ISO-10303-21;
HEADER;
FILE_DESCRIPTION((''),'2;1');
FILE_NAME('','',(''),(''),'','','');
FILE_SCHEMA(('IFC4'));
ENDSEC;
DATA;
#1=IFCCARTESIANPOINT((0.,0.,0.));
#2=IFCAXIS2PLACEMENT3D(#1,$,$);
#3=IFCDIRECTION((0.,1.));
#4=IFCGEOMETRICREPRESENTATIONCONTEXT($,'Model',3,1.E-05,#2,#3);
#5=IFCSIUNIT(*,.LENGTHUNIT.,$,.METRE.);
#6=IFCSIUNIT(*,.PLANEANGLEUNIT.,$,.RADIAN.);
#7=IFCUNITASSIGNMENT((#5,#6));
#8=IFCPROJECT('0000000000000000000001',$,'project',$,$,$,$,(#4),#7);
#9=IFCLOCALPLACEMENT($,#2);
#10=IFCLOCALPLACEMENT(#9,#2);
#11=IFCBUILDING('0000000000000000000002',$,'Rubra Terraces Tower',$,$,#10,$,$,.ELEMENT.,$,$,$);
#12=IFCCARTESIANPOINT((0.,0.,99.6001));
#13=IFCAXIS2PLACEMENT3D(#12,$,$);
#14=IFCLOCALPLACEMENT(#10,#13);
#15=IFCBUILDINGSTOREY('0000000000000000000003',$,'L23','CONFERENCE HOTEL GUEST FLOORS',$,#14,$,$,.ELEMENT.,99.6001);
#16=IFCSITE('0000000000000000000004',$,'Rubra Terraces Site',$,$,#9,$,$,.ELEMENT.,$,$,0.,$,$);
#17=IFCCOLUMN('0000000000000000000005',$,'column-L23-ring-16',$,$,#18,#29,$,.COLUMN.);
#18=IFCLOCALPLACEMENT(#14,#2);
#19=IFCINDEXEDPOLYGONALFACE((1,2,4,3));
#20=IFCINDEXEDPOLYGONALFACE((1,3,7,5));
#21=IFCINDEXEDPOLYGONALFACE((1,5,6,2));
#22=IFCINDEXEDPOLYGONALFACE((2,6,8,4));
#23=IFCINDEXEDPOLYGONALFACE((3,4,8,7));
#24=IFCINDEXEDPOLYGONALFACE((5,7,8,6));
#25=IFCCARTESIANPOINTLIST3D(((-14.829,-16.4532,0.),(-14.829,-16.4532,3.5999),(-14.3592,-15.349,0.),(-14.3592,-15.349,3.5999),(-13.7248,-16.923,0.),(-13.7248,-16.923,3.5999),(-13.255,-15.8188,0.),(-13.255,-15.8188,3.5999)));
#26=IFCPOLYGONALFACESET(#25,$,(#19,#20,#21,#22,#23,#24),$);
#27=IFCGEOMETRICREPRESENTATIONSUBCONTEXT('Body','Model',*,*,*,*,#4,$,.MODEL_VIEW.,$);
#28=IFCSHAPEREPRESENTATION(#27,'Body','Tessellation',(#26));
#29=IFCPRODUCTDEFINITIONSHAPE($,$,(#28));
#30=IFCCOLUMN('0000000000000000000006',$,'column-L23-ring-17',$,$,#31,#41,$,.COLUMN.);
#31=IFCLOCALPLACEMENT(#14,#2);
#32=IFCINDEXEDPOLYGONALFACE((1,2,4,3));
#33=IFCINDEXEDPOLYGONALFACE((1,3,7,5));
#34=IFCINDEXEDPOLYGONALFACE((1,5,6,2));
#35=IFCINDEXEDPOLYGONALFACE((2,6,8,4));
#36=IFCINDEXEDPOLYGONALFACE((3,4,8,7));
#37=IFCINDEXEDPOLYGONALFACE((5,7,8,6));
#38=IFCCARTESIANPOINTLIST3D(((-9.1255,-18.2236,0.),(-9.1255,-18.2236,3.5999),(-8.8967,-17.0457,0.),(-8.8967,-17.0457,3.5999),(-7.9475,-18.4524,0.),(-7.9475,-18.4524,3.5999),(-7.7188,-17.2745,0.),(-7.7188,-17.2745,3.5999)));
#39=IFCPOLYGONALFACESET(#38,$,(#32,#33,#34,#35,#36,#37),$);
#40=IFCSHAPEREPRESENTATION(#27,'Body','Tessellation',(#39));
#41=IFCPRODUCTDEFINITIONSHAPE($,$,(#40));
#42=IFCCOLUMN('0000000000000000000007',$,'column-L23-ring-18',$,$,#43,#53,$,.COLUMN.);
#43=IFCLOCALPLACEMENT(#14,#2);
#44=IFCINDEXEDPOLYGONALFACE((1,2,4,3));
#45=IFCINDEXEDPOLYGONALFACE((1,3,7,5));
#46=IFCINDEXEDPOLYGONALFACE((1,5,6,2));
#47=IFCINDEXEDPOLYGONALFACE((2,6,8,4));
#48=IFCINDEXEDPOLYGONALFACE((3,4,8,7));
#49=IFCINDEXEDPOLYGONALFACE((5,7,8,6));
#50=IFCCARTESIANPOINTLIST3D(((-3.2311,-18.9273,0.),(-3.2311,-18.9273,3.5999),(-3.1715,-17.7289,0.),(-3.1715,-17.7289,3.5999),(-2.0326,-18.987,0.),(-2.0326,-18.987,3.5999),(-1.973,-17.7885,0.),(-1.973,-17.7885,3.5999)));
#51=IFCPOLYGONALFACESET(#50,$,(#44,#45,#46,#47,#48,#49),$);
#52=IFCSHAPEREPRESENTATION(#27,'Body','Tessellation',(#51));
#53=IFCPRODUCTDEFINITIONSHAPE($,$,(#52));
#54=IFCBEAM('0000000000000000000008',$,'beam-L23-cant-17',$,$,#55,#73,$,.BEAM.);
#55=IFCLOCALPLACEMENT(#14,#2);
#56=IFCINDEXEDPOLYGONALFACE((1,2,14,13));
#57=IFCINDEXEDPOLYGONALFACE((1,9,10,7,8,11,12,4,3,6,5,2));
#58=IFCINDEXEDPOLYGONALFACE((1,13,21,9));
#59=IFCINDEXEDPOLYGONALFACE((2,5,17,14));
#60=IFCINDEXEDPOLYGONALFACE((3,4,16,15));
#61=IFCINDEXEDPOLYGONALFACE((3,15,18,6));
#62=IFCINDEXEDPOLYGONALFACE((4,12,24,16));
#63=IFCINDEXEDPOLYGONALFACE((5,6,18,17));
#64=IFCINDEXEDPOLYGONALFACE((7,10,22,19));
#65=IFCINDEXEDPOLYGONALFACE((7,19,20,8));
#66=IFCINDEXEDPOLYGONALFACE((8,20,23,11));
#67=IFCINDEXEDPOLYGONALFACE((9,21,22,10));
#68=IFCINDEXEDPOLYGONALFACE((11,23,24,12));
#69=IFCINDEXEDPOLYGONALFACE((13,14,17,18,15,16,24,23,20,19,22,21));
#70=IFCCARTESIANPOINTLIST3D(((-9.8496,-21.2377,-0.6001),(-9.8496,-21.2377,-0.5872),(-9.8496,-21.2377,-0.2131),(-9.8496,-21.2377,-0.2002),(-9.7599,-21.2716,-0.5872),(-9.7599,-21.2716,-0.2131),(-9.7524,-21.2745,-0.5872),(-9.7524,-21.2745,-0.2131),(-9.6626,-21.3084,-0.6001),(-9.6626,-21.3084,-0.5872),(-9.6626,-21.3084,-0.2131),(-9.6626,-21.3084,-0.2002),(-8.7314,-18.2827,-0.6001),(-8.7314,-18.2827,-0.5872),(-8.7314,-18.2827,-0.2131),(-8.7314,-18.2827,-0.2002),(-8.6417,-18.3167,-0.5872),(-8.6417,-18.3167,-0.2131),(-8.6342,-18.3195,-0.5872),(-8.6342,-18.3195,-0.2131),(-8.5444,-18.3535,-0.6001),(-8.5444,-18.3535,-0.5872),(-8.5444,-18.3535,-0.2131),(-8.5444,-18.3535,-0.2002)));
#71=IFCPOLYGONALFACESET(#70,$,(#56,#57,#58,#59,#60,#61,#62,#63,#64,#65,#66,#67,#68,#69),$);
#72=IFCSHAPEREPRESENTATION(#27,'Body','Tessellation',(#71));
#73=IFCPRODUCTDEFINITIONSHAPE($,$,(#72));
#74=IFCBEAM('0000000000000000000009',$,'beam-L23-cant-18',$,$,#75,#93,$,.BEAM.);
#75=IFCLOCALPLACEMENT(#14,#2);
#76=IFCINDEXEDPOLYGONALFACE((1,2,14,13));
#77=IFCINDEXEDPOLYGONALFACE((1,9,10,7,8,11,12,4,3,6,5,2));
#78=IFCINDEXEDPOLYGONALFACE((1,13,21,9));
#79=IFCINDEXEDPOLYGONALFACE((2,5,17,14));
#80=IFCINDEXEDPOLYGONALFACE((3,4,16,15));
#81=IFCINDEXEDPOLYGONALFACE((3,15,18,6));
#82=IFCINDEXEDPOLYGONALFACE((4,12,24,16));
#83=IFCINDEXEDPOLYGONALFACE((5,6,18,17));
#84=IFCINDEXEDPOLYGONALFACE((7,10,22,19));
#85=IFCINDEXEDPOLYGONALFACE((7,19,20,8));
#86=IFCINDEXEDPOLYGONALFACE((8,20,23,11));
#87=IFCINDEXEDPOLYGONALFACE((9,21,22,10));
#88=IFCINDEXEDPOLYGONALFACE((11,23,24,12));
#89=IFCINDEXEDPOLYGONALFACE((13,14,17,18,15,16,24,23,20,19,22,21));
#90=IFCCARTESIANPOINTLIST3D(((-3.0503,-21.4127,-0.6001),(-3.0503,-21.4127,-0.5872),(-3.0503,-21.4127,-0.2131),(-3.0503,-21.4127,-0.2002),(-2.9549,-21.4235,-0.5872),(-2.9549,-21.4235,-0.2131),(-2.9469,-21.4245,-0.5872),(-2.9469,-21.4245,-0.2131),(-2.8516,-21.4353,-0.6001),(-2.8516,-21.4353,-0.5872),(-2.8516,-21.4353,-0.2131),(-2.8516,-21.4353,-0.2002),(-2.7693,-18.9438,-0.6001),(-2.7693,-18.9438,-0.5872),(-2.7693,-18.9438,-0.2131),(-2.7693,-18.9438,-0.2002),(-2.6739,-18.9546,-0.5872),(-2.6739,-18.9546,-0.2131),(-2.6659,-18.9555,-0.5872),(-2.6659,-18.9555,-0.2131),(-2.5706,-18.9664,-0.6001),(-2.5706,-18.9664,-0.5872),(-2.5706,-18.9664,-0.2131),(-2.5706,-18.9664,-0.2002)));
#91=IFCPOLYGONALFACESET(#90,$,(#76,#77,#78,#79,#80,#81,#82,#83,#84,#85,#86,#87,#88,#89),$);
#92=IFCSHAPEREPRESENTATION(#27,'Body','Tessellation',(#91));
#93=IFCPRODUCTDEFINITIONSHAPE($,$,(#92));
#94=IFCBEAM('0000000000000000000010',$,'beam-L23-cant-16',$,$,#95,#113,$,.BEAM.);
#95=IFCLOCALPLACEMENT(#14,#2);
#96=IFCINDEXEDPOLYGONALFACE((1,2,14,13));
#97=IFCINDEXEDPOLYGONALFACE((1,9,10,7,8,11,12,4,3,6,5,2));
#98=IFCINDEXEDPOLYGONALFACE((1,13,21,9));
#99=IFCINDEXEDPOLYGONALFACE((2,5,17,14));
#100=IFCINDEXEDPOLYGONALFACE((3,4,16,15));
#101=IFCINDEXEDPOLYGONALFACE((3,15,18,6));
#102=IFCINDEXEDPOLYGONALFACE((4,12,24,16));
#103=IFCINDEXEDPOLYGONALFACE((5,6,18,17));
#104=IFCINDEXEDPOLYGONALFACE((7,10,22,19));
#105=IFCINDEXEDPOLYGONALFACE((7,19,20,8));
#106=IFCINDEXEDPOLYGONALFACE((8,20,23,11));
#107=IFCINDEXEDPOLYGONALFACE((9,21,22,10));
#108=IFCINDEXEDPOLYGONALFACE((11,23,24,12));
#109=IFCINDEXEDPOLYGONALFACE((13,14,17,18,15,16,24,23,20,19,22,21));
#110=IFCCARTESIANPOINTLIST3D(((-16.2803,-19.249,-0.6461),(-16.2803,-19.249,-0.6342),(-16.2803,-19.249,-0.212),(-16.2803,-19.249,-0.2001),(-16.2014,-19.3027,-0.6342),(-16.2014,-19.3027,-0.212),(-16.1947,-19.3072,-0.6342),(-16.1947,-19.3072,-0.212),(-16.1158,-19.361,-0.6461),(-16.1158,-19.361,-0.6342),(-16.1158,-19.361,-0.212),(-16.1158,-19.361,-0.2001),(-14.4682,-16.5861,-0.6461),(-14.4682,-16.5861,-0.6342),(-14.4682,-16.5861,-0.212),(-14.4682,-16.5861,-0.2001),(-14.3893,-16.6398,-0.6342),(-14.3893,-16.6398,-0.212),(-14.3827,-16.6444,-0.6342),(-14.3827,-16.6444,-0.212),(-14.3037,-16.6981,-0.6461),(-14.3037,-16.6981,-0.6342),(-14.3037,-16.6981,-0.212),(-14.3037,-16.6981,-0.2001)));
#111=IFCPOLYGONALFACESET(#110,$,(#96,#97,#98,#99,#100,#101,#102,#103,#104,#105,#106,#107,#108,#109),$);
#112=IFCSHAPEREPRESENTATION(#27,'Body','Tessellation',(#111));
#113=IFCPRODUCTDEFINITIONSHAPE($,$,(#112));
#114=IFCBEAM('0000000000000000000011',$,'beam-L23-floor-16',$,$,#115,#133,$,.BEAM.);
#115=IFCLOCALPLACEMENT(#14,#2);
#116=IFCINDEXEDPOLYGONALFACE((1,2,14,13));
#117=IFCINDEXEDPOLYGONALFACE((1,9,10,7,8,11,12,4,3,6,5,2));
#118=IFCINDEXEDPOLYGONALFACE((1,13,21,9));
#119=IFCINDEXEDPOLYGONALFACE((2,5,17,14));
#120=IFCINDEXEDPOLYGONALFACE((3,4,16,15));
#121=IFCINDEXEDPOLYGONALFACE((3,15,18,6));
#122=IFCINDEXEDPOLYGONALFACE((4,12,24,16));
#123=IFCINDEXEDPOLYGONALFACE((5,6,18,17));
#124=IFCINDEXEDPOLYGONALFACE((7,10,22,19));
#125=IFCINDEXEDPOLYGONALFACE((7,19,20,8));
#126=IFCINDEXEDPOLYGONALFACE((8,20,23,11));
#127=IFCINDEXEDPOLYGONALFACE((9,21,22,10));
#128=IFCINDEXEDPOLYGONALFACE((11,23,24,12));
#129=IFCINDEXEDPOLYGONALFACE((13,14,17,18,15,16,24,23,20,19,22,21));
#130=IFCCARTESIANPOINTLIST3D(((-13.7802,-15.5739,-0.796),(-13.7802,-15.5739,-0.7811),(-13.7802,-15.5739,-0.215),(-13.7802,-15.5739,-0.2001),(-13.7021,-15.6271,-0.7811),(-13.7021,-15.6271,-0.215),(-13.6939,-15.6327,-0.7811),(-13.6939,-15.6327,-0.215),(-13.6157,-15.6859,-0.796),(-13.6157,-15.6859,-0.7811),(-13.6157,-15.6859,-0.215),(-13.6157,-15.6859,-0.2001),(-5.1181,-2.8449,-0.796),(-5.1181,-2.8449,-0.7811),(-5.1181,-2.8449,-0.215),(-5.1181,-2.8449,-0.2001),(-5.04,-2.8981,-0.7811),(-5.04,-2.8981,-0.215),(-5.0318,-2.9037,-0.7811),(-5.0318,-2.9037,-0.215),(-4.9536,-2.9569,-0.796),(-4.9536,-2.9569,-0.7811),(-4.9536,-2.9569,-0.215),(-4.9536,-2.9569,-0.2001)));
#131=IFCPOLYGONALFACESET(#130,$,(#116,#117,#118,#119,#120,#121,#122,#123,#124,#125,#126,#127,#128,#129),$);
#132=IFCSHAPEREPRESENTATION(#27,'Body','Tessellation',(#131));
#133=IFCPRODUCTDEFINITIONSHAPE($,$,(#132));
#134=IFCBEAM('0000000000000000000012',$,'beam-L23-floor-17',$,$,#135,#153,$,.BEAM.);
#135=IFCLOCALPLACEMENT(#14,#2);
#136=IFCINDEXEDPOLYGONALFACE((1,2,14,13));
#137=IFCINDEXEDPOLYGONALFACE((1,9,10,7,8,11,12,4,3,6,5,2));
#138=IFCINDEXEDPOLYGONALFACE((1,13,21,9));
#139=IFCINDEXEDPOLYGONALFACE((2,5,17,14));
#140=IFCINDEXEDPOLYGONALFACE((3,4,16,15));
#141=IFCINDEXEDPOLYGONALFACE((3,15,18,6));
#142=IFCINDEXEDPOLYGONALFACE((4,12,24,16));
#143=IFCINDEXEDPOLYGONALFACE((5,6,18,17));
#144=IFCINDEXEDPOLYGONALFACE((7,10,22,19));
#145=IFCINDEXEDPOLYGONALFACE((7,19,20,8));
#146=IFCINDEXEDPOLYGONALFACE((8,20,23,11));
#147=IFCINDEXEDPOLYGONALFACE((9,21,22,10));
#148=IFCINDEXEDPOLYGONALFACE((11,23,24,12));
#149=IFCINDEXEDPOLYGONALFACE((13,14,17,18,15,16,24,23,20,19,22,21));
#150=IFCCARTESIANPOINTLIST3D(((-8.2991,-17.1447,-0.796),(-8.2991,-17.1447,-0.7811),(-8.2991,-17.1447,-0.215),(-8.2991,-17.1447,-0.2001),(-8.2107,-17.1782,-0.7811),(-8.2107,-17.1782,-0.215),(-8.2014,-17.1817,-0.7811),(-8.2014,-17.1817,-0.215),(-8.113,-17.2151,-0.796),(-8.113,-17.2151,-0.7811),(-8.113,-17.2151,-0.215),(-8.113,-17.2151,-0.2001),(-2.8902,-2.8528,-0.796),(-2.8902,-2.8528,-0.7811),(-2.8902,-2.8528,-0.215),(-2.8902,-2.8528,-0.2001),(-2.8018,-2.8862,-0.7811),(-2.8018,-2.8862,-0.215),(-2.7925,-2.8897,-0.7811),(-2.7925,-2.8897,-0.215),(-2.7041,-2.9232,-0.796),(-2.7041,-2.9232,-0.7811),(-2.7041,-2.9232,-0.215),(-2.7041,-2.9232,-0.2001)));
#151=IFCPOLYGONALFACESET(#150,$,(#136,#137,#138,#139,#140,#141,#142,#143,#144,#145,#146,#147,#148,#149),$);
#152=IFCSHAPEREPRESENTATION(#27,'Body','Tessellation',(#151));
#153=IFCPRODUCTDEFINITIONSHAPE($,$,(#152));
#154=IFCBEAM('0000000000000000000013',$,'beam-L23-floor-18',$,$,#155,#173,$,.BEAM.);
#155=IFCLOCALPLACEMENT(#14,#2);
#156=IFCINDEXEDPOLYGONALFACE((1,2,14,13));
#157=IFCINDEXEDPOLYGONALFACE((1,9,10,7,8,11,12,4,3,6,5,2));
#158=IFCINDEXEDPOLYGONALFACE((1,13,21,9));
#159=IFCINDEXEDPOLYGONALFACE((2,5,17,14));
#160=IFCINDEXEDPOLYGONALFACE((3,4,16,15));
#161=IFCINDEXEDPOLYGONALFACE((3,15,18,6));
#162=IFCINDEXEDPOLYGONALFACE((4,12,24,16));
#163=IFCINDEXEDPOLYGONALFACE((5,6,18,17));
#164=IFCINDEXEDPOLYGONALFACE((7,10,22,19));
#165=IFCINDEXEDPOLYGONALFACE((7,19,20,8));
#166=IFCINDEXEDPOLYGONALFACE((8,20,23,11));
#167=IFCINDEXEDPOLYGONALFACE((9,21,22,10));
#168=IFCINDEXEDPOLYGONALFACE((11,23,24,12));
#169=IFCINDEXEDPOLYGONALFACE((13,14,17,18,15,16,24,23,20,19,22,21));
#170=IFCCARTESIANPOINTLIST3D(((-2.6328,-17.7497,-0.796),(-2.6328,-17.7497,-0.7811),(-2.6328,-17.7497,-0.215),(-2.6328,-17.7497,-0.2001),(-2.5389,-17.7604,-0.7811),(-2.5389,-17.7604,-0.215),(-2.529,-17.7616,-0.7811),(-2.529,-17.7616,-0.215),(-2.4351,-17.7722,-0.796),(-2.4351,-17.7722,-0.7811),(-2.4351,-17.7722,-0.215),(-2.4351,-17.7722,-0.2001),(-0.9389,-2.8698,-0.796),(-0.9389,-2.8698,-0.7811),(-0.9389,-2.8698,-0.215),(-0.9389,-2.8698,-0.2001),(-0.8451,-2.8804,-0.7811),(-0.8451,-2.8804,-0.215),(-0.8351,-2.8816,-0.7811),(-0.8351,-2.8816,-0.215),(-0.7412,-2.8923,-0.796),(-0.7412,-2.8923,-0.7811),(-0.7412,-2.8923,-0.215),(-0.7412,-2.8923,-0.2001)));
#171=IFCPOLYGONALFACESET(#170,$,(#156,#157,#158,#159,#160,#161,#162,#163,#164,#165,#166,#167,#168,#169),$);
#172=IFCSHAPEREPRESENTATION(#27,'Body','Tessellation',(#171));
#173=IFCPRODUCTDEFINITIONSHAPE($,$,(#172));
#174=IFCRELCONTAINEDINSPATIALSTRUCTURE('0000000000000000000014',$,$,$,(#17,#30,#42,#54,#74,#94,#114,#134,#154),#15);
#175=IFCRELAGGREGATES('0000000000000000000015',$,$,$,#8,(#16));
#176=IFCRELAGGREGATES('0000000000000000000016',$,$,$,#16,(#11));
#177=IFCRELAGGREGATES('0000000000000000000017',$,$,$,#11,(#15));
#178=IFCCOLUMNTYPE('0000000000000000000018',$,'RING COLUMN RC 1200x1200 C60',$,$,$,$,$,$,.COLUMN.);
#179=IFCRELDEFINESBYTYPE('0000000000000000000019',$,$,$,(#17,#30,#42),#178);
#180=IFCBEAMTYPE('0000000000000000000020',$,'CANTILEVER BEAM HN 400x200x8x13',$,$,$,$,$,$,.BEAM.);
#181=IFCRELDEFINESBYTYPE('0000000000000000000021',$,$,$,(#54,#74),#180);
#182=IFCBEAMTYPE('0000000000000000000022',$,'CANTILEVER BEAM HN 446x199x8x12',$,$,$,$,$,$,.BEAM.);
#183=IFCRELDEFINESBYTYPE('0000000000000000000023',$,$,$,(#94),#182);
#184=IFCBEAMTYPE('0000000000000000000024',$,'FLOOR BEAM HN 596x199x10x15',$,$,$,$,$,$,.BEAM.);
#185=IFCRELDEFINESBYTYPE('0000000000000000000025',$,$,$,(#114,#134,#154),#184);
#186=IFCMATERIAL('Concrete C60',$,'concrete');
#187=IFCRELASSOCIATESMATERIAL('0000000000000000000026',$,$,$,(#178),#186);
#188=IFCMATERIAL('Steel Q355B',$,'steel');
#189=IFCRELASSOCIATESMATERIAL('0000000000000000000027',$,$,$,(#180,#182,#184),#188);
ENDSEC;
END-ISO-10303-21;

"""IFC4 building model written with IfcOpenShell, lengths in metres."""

from ifc_helpers import new_model, si_unit, direction, frame, origin, origin_2d, place, context, subcontext, project, spatial, rectangle, i_section, extrude, material, material_profile, profile_set, type_object, element, save


model = new_model("IFC4")

# Units and contexts
model_context = context("Model", 3, precision=1e-05, world=origin(), true_north=direction((0.0, 1.0)))
body_context = subcontext(model_context, "Body", "Model", "MODEL_VIEW")
ifc_project = project(units=[si_unit("LENGTHUNIT", "METRE"), si_unit("PLANEANGLEUNIT", "RADIAN")], contexts=[model_context])

# Site, building, storey
site_placement = place(None, origin())
site = spatial("IfcSite", under=ifc_project, at=site_placement, Name="Rubra Terraces Site", CompositionType="ELEMENT", RefElevation=0.0)
building_placement = place(site_placement, origin())
building = spatial("IfcBuilding", under=site, at=building_placement, Name="Rubra Terraces Tower", CompositionType="ELEMENT")
storey_placement = place(building_placement, frame((0.0, 0.0, 99.6001)))
storey = spatial("IfcBuildingStorey", under=building, at=storey_placement, Name="L23", Description="CONFERENCE HOTEL GUEST FLOORS", CompositionType="ELEMENT", Elevation=99.6001)

# Columns
ifc_material_1 = material(Name="Concrete C60", Category="concrete")
ifc_material_profile_1 = material_profile(ifc_material_1, rectangle(XDim=1.2, YDim=1.2, at=origin_2d()), Name="RC 1200x1200")
ifc_profile_set_1 = profile_set([ifc_material_profile_1], Name="Concrete C60")
column_type = type_object("IfcColumnType", Name="RING COLUMN RC 1200x1200 C60", PredefinedType="COLUMN", material=ifc_profile_set_1)
for number, where, z_axis, x_axis, name in (
    (1, (-14.042, -16.136, 0.0), (0.0, 0.0, 1.0), (0.920168, -0.391524, 0.0), "column-L23-ring-16"),
    (2, (-8.4221, -17.749, 0.0), (0.0, 0.0, 1.0), (0.981655, -0.190668, 0.0), "column-L23-ring-17"),
    (3, (-2.6021, -18.3579, 0.0), (0.0, 0.0, 1.0), (0.998764, -0.049699, 0.0), "column-L23-ring-18"),
):
    element("IfcColumn", number, at=place(storey_placement, frame(where, z_axis=z_axis, x_axis=x_axis)), inside=storey, type_object=column_type, Name=name, PredefinedType="COLUMN", context=body_context, shape_type="SweptSolid", body=[
        extrude(rectangle(XDim=1.2, YDim=1.2, at=origin_2d()), origin(), (0.0, 0.0, 1.0), 3.5999),
    ])

# Beams
ifc_material_2 = material(Name="Steel Q355B", Category="steel")
ifc_material_profile_2 = material_profile(ifc_material_2, i_section(OverallWidth=0.2, OverallDepth=0.3999, WebThickness=0.0081, FlangeThickness=0.0129, at=origin_2d()), Name="HN 400x200x8x13")
ifc_profile_set_2 = profile_set([ifc_material_profile_2], Name="Steel Q355B")
beam_type_1 = type_object("IfcBeamType", Name="CANTILEVER BEAM HN 400x200x8x13", PredefinedType="BEAM", material=ifc_profile_set_2)
beam_1_placement = place(storey_placement, frame((-8.6379, -18.3181, -0.4001), z_axis=(-0.353925, -0.935274, 0.0), x_axis=(0.935274, -0.353925, 0.0)))
element("IfcBeam", 4, at=beam_1_placement, inside=storey, type_object=beam_type_1, Name="beam-L23-cant-17", PredefinedType="BEAM", context=body_context, shape_type="SweptSolid", body=[
    extrude(i_section(OverallWidth=0.2, OverallDepth=0.3999, WebThickness=0.0081, FlangeThickness=0.0129, at=origin_2d()), origin(), (0.0, 0.0, 1.0), 3.1594),
])
beam_2_placement = place(storey_placement, frame((-2.6699, -18.9551, -0.4001), z_axis=(-0.113084, -0.993585, 0.0), x_axis=(0.993585, -0.113084, 0.0)))
element("IfcBeam", 5, at=beam_2_placement, inside=storey, type_object=beam_type_1, Name="beam-L23-cant-18", PredefinedType="BEAM", context=body_context, shape_type="SweptSolid", body=[
    extrude(i_section(OverallWidth=0.2, OverallDepth=0.3999, WebThickness=0.0081, FlangeThickness=0.0129, at=origin_2d()), origin(), (0.0, 0.0, 1.0), 2.4849),
])
ifc_material_profile_3 = material_profile(ifc_material_2, i_section(OverallWidth=0.199, OverallDepth=0.446, WebThickness=0.0081, FlangeThickness=0.012, at=origin_2d()), Name="HN 446x199x8x12")
ifc_profile_set_3 = profile_set([ifc_material_profile_3], Name="Steel Q355B")
beam_type_2 = type_object("IfcBeamType", Name="CANTILEVER BEAM HN 446x199x8x12", PredefinedType="BEAM", material=ifc_profile_set_3)
beam_3_placement = place(storey_placement, frame((-14.386, -16.6421, -0.4231), z_axis=(-0.562582, -0.826742, 0.0), x_axis=(0.826742, -0.562582, 0.0)))
element("IfcBeam", 6, at=beam_3_placement, inside=storey, type_object=beam_type_2, Name="beam-L23-cant-16", PredefinedType="BEAM", context=body_context, shape_type="SweptSolid", body=[
    extrude(i_section(OverallWidth=0.199, OverallDepth=0.446, WebThickness=0.0081, FlangeThickness=0.012, at=origin_2d()), origin(), (0.0, 0.0, 1.0), 3.2209),
])
ifc_material_profile_4 = material_profile(ifc_material_2, i_section(OverallWidth=0.199, OverallDepth=0.5959, WebThickness=0.01, FlangeThickness=0.0149, at=origin_2d()), Name="HN 596x199x10x15")
ifc_profile_set_4 = profile_set([ifc_material_profile_4], Name="Steel Q355B")
beam_type_3 = type_object("IfcBeamType", Name="FLOOR BEAM HN 596x199x10x15", PredefinedType="BEAM", material=ifc_profile_set_4)
beam_4_placement = place(storey_placement, frame((-13.698, -15.6299, -0.498), z_axis=(0.562594, 0.826734, 0.0), x_axis=(-0.826734, 0.562594, 0.0)))
element("IfcBeam", 7, at=beam_4_placement, inside=storey, type_object=beam_type_3, Name="beam-L23-floor-16", PredefinedType="BEAM", context=body_context, shape_type="SweptSolid", body=[
    extrude(i_section(OverallWidth=0.199, OverallDepth=0.5959, WebThickness=0.01, FlangeThickness=0.0149, at=origin_2d()), origin(), (0.0, 0.0, 1.0), 15.3967),
])
beam_5_placement = place(storey_placement, frame((-8.2061, -17.1799, -0.498), z_axis=(0.353958, 0.935261, 0.0), x_axis=(-0.935261, 0.353958, 0.0)))
element("IfcBeam", 8, at=beam_5_placement, inside=storey, type_object=beam_type_3, Name="beam-L23-floor-17", PredefinedType="BEAM", context=body_context, shape_type="SweptSolid", body=[
    extrude(i_section(OverallWidth=0.199, OverallDepth=0.5959, WebThickness=0.01, FlangeThickness=0.0149, at=origin_2d()), origin(), (0.0, 0.0, 1.0), 15.2812),
])
beam_6_placement = place(storey_placement, frame((-2.5339, -17.761, -0.498), z_axis=(0.113104, 0.993583, 0.0), x_axis=(-0.993583, 0.113104, 0.0)))
element("IfcBeam", 9, at=beam_6_placement, inside=storey, type_object=beam_type_3, Name="beam-L23-floor-18", PredefinedType="BEAM", context=body_context, shape_type="SweptSolid", body=[
    extrude(i_section(OverallWidth=0.199, OverallDepth=0.5959, WebThickness=0.01, FlangeThickness=0.0149, at=origin_2d()), origin(), (0.0, 0.0, 1.0), 14.9761),
])

save(model, "model.ifc")
